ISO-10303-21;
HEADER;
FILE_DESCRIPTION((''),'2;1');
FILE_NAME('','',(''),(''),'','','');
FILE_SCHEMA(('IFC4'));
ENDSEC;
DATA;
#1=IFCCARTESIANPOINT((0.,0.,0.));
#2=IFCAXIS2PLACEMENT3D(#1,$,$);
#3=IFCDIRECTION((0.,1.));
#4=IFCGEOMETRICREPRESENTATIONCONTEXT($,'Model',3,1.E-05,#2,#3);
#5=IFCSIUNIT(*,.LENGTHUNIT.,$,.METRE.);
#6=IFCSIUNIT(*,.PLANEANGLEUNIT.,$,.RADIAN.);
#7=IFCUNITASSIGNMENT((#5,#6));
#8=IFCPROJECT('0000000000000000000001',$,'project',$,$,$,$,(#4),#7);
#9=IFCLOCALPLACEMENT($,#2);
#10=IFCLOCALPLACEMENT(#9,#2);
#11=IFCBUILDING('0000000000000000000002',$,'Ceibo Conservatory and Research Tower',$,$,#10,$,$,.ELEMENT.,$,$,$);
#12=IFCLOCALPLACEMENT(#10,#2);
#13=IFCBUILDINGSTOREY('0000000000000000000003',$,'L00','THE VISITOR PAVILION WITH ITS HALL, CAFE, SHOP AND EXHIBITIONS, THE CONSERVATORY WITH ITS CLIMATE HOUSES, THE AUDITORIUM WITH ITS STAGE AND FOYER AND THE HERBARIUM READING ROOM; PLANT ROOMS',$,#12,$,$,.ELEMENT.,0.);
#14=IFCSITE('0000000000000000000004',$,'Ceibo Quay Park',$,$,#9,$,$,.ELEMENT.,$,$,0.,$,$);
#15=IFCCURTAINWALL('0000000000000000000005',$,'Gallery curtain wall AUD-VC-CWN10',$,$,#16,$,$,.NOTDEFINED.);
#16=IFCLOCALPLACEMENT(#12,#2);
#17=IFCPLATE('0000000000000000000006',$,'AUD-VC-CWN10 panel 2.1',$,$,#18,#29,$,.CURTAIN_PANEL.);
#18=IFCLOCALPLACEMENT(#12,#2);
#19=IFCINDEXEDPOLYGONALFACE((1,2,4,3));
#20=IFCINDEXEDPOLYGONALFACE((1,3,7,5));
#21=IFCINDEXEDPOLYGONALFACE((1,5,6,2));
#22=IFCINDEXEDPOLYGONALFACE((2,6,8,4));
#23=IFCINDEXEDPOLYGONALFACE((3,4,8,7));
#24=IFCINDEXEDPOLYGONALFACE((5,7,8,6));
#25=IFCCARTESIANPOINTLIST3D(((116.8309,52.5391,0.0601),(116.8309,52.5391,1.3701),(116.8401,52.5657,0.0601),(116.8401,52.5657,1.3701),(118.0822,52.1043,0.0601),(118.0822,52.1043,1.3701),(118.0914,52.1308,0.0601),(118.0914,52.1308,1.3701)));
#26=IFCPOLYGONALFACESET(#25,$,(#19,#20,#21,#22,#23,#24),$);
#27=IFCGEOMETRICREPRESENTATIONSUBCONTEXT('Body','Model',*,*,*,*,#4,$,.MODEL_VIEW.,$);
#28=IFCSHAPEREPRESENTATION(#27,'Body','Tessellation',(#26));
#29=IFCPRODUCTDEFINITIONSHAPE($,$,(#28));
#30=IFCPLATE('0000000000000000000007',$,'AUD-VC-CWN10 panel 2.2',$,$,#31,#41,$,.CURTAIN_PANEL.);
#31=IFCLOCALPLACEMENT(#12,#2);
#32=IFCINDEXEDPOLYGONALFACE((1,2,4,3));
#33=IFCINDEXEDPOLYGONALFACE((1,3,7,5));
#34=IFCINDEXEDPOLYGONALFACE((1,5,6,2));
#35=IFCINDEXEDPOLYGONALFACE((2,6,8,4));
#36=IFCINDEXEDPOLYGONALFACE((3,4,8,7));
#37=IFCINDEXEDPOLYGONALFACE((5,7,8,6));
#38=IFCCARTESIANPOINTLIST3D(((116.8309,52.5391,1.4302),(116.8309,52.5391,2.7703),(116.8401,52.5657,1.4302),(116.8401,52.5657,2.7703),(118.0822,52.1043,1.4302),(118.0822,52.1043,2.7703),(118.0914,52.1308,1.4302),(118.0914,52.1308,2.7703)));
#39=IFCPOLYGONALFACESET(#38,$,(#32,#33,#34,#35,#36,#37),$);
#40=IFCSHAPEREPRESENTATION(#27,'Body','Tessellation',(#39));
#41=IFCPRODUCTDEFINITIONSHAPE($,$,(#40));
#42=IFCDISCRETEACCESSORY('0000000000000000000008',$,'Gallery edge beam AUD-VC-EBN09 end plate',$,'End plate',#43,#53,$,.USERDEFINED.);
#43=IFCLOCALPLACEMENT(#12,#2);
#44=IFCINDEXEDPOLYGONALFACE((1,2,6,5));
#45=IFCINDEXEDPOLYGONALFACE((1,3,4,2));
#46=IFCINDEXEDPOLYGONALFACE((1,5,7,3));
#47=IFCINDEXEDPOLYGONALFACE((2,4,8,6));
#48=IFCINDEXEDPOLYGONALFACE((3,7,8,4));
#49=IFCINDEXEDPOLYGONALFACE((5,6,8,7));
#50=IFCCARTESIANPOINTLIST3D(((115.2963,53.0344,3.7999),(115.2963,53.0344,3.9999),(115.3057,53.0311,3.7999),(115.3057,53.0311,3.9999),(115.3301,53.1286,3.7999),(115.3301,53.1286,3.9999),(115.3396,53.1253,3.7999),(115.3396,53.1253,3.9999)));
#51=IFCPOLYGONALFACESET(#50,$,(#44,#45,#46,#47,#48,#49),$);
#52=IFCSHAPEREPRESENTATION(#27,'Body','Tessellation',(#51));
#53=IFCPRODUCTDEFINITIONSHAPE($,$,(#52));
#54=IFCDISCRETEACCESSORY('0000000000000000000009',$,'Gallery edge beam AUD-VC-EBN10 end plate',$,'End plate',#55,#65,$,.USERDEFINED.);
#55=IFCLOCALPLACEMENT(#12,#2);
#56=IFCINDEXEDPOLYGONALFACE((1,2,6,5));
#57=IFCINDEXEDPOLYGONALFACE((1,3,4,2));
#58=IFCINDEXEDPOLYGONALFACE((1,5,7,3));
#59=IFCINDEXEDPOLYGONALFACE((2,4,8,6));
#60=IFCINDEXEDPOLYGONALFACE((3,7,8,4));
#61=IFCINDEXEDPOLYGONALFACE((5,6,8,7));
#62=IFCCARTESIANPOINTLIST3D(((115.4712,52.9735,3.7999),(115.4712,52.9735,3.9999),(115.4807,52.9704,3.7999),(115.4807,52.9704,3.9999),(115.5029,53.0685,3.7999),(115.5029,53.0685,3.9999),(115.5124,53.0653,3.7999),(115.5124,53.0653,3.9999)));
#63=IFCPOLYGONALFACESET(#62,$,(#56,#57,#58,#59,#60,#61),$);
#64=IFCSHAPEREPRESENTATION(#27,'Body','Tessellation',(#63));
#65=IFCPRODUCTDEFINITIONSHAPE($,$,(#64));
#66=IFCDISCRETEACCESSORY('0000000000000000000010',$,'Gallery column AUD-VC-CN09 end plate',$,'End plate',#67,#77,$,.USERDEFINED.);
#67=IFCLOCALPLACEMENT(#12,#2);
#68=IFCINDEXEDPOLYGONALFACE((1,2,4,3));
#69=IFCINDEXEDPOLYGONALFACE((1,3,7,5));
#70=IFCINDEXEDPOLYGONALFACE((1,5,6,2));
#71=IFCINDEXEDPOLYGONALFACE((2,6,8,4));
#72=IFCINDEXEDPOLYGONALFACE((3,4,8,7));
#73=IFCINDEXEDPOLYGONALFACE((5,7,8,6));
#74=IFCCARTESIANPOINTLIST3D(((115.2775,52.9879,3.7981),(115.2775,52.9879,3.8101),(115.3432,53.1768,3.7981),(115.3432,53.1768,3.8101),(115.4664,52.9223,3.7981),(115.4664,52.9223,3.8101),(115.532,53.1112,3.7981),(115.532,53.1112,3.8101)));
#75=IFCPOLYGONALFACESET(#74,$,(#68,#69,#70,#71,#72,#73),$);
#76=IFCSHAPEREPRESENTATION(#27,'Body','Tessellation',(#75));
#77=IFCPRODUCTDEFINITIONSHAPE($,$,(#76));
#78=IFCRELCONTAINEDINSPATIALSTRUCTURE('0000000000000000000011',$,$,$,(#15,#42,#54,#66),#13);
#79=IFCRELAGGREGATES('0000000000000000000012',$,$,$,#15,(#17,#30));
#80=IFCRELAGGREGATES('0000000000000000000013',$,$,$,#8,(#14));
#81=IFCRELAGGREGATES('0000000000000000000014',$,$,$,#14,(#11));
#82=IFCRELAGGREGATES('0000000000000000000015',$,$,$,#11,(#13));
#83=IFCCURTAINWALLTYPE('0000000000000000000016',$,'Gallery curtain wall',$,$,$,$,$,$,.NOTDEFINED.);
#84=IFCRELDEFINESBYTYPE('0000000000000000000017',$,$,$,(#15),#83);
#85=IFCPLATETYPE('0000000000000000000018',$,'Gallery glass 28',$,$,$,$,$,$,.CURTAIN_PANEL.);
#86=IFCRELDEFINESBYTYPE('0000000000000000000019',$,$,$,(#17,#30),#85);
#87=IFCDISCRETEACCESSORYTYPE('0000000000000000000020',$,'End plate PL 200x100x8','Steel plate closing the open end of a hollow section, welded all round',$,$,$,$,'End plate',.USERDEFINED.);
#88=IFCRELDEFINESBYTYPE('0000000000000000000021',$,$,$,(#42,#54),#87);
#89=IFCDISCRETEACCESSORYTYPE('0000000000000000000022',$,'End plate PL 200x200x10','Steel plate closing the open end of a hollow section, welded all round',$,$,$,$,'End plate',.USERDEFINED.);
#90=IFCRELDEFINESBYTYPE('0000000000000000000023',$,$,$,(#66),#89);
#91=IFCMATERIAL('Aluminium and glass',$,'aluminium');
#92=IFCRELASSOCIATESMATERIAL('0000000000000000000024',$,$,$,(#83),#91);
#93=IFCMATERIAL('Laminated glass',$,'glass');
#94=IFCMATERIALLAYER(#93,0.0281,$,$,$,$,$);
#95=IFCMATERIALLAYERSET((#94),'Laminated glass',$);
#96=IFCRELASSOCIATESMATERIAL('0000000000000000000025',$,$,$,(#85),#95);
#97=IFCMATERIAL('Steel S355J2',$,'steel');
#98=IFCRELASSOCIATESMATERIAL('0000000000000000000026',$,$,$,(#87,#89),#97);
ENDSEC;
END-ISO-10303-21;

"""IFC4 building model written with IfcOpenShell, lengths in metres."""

from ifc_helpers import new_model, si_unit, direction, frame, origin, origin_2d, place, context, subcontext, project, spatial, rectangle, extrude, material, layer, layer_set, material_profile, profile_set, type_object, element, aggregate, save


model = new_model("IFC4")

# Units and contexts
model_context = context("Model", 3, precision=1e-05, world=origin(), true_north=direction((0.0, 1.0)))
body_context = subcontext(model_context, "Body", "Model", "MODEL_VIEW")
ifc_project = project(units=[si_unit("LENGTHUNIT", "METRE"), si_unit("PLANEANGLEUNIT", "RADIAN")], contexts=[model_context])

# Site, building, storey
site_placement = place(None, origin())
site = spatial("IfcSite", under=ifc_project, at=site_placement, Name="Ceibo Quay Park", CompositionType="ELEMENT", RefElevation=0.0)
building_placement = place(site_placement, origin())
building = spatial("IfcBuilding", under=site, at=building_placement, Name="Ceibo Conservatory and Research Tower", CompositionType="ELEMENT")
storey_placement = place(building_placement, origin())
storey = spatial("IfcBuildingStorey", under=building, at=storey_placement, Name="L00", Description="THE VISITOR PAVILION WITH ITS HALL, CAFE, SHOP AND EXHIBITIONS, THE CONSERVATORY WITH ITS CLIMATE HOUSES, THE AUDITORIUM WITH ITS STAGE AND FOYER AND THE HERBARIUM READING ROOM; PLANT ROOMS", CompositionType="ELEMENT", Elevation=0.0)

# Curtain wall
ifc_material_1 = material(Name="Aluminium and glass", Category="aluminium")
curtain_wall_type = type_object("IfcCurtainWallType", Name="Gallery curtain wall", PredefinedType="NOTDEFINED", material=ifc_material_1)
curtain_wall_1_placement = place(storey_placement, origin())
curtain_wall_1 = element("IfcCurtainWall", 1, at=curtain_wall_1_placement, inside=storey, type_object=curtain_wall_type, Name="Gallery curtain wall AUD-VC-CWN10", PredefinedType="NOTDEFINED")

# Shared definitions
ifc_material_2 = material(Name="Steel S355J2", Category="steel")

# Plates
ifc_material_3 = material(Name="Laminated glass", Category="glass")
ifc_layer = layer(ifc_material_3, 0.0281)
ifc_layer_set = layer_set([ifc_layer], Name="Laminated glass")
plate_type = type_object("IfcPlateType", Name="Gallery glass 28", PredefinedType="CURTAIN_PANEL", material=ifc_layer_set)
plate_1_placement = place(storey_placement, frame((117.4612, 52.335, 0.0601), z_axis=(0.0, 0.0, 1.0), x_axis=(0.944579, -0.328284, 0.0)))
plate_1 = element("IfcPlate", 2, at=plate_1_placement, type_object=plate_type, Name="AUD-VC-CWN10 panel 2.1", PredefinedType="CURTAIN_PANEL", context=body_context, shape_type="SweptSolid", body=[
    extrude(rectangle(XDim=1.3247, YDim=0.0281, at=origin_2d()), origin(), (0.0, 0.0, 1.0), 1.3101),
])
plate_2_placement = place(storey_placement, frame((117.4612, 52.335, 1.4302), z_axis=(0.0, 0.0, 1.0), x_axis=(0.944579, -0.328284, 0.0)))
plate_2 = element("IfcPlate", 3, at=plate_2_placement, type_object=plate_type, Name="AUD-VC-CWN10 panel 2.2", PredefinedType="CURTAIN_PANEL", context=body_context, shape_type="SweptSolid", body=[
    extrude(rectangle(XDim=1.3247, YDim=0.0281, at=origin_2d()), origin(), (0.0, 0.0, 1.0), 1.3401),
])
aggregate(curtain_wall_1, [plate_1, plate_2])

# Discrete accessories
ifc_material_profile_1 = material_profile(ifc_material_2, rectangle(XDim=0.1001, YDim=0.2, at=origin_2d()), Name="End plate PL 200x100x8")
ifc_profile_set_1 = profile_set([ifc_material_profile_1], Name="Steel S355J2")
discrete_accessory_type_1 = type_object("IfcDiscreteAccessoryType", Name="End plate PL 200x100x8", Description="Steel plate closing the open end of a hollow section, welded all round", ElementType="End plate", PredefinedType="USERDEFINED", material=ifc_profile_set_1)
for number, where, z_axis, x_axis, name in (
    (4, (115.3132, 53.0815, 3.8999), (0.941195, -0.337865, 0.0), (0.337865, 0.941195, 0.0), "Gallery edge beam AUD-VC-EBN09 end plate"),
    (5, (115.4871, 53.021, 3.8999), (0.948683, -0.316228, 0.0), (0.316228, 0.948683, 0.0), "Gallery edge beam AUD-VC-EBN10 end plate"),
):
    element("IfcDiscreteAccessory", number, at=place(storey_placement, frame(where, z_axis=z_axis, x_axis=x_axis)), inside=storey, type_object=discrete_accessory_type_1, Name=name, ObjectType="End plate", PredefinedType="USERDEFINED", context=body_context, shape_type="SweptSolid", body=[
        extrude(rectangle(XDim=0.1001, YDim=0.2, at=origin_2d()), origin(), (0.0, 0.0, 1.0), 0.01),
    ])
ifc_material_profile_2 = material_profile(ifc_material_2, rectangle(XDim=0.2, YDim=0.2, at=origin_2d()), Name="End plate PL 200x200x10")
ifc_profile_set_2 = profile_set([ifc_material_profile_2], Name="Steel S355J2")
discrete_accessory_type_2 = type_object("IfcDiscreteAccessoryType", Name="End plate PL 200x200x10", Description="Steel plate closing the open end of a hollow section, welded all round", ElementType="End plate", PredefinedType="USERDEFINED", material=ifc_profile_set_2)
discrete_accessory_placement = place(storey_placement, frame((115.4048, 53.0496, 3.7981), z_axis=(0.0, 0.0, 1.0), x_axis=(0.944579, -0.328284, 0.0)))
element("IfcDiscreteAccessory", 6, at=discrete_accessory_placement, inside=storey, type_object=discrete_accessory_type_2, Name="Gallery column AUD-VC-CN09 end plate", ObjectType="End plate", PredefinedType="USERDEFINED", context=body_context, shape_type="SweptSolid", body=[
    extrude(rectangle(XDim=0.2, YDim=0.2, at=origin_2d()), origin(), (0.0, 0.0, 1.0), 0.012),
])

save(model, "model.ifc")
